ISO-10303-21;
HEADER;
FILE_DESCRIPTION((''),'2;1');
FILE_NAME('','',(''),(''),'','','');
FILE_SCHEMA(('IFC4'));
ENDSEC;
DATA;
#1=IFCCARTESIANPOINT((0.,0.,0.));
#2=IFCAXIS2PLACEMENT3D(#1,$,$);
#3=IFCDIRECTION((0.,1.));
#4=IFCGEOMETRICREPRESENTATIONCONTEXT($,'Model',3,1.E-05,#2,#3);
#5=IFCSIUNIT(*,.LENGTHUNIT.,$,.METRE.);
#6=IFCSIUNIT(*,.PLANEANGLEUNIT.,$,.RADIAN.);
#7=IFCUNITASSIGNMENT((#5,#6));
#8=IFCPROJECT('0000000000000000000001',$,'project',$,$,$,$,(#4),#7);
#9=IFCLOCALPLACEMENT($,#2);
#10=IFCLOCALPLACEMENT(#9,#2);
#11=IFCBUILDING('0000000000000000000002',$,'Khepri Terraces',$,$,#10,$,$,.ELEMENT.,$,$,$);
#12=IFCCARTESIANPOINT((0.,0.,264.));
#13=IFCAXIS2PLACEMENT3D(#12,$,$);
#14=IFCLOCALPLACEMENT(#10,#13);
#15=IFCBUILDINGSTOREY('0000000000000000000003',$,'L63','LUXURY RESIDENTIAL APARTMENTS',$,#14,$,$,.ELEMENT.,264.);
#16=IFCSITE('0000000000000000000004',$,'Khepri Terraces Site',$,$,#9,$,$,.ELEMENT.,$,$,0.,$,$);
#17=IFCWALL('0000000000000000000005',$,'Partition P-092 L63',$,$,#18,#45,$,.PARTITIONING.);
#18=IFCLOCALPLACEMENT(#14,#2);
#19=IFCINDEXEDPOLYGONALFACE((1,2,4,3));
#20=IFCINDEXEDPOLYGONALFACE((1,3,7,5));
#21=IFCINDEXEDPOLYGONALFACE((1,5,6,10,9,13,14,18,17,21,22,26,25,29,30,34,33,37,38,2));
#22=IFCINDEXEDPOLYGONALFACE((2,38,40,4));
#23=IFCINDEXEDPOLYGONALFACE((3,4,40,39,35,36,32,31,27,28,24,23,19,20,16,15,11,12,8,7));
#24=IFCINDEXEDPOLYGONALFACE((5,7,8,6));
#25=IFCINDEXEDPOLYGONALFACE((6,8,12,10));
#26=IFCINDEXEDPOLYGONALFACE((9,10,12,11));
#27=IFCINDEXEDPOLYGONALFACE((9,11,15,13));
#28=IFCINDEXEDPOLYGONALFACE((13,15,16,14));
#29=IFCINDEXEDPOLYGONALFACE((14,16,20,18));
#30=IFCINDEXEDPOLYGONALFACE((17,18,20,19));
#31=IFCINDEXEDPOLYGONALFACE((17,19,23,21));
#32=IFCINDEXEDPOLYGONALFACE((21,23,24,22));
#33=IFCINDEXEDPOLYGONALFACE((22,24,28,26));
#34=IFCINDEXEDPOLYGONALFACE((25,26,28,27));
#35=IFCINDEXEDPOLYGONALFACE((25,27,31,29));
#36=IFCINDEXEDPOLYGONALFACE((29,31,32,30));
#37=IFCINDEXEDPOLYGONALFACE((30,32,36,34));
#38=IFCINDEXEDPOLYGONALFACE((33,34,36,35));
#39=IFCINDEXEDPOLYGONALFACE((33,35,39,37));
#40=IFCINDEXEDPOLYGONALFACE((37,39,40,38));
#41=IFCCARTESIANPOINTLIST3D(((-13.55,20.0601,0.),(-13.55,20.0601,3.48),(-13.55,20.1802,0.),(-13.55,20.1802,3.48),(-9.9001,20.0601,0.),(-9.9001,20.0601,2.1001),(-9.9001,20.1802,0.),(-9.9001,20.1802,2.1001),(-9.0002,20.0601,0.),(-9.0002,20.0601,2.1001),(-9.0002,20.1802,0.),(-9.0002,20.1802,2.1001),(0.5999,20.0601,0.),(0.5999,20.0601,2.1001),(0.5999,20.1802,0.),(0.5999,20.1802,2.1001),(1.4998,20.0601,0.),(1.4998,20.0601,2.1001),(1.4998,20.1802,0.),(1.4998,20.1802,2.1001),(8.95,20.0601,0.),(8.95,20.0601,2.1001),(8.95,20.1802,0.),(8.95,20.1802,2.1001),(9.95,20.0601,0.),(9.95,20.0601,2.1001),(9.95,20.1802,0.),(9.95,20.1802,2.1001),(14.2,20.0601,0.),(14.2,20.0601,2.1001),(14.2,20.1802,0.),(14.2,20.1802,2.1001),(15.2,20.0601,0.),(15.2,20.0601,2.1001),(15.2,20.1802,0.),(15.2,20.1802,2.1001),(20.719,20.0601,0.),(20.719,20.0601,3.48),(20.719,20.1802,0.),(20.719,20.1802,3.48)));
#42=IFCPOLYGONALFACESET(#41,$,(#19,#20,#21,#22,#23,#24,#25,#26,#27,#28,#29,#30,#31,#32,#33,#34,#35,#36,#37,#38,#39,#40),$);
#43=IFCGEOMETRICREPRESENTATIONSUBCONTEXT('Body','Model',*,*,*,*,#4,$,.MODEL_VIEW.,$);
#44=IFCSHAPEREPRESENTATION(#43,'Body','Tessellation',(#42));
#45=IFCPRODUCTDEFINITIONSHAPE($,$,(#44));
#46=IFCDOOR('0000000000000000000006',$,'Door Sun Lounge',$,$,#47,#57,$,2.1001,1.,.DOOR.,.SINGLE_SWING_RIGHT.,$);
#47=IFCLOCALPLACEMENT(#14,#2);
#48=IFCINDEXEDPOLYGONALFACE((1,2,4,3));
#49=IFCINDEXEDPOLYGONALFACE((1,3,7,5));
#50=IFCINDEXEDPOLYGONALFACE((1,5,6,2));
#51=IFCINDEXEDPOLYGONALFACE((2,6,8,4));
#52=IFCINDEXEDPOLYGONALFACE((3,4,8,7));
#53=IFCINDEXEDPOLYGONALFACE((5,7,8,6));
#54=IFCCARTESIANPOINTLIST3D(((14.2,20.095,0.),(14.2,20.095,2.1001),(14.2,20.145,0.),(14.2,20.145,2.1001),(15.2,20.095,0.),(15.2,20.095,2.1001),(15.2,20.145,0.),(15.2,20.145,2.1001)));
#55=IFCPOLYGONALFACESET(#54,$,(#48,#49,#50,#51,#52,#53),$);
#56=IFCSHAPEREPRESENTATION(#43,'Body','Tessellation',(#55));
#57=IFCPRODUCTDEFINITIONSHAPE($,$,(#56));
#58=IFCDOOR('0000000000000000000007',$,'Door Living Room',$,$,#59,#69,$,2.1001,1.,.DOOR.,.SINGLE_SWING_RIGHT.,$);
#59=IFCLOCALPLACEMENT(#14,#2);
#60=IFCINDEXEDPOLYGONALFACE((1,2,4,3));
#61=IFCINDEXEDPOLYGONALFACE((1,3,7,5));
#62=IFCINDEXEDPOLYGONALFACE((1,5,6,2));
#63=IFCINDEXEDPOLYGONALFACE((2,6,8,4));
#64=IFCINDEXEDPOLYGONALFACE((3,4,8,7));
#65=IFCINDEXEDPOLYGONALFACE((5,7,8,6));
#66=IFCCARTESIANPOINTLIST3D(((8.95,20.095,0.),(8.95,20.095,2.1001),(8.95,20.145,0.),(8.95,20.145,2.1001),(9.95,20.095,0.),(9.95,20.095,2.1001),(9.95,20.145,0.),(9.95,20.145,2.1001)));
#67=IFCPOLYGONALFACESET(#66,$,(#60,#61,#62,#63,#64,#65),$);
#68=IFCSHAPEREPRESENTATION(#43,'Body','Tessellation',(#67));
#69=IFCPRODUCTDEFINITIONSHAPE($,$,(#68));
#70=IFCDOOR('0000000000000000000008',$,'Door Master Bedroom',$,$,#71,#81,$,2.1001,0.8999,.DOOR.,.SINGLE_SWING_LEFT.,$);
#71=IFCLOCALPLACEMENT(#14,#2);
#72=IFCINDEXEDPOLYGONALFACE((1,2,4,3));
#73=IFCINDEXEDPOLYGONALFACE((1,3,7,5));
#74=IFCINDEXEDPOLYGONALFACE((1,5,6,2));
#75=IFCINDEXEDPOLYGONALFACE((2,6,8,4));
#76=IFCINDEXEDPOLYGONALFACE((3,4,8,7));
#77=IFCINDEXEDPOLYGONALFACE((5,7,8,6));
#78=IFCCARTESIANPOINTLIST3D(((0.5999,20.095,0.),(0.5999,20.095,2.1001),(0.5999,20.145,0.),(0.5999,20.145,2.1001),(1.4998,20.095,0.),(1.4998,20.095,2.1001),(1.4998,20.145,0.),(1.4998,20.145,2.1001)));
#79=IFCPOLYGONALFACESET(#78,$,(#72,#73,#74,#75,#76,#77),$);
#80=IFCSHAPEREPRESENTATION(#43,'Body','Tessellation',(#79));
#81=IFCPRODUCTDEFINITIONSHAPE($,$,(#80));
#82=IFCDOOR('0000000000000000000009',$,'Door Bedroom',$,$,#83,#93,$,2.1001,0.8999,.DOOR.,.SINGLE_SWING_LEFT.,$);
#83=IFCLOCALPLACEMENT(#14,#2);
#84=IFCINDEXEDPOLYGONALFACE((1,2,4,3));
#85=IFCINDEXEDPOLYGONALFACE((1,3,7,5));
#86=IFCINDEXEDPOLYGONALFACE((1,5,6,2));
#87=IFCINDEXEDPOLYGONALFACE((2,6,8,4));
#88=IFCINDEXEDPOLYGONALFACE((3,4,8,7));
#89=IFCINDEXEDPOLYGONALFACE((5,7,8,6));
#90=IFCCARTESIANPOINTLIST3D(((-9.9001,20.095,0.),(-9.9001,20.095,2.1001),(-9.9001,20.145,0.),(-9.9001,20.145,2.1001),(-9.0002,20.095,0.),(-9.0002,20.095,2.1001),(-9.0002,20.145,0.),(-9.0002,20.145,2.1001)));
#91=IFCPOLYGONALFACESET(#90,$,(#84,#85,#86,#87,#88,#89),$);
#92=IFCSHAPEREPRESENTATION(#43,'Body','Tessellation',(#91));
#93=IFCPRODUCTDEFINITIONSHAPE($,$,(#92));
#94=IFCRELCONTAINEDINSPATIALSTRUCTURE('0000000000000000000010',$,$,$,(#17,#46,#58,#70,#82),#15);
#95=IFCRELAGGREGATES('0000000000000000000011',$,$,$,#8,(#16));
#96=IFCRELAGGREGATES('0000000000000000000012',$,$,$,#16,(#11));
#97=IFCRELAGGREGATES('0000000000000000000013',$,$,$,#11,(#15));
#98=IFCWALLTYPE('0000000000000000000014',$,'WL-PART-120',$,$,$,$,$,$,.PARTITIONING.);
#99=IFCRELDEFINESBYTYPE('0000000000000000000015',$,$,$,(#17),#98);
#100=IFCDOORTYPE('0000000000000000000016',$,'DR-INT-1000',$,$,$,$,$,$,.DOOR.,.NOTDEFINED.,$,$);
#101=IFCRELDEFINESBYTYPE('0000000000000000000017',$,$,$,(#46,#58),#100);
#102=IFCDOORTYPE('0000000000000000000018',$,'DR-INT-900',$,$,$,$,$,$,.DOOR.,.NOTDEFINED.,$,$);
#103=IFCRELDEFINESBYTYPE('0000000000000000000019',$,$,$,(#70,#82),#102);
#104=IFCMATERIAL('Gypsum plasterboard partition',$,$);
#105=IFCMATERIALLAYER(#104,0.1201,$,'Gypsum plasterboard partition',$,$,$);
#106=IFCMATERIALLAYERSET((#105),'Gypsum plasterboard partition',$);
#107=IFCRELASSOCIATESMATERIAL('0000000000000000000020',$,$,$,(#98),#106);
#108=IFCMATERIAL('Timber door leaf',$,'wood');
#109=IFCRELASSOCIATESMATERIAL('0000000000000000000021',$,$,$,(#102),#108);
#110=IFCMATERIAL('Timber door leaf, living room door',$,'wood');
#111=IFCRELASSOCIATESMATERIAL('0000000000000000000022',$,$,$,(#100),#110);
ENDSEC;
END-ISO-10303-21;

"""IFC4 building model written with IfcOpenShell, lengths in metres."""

from ifc_helpers import new_model, si_unit, direction, frame, frame_2d, origin, place, context, subcontext, project, spatial, rectangle, extrude, material, layer, layer_set, type_object, element, fill, save


model = new_model("IFC4")

# Units and contexts
model_context = context("Model", 3, precision=1e-05, world=origin(), true_north=direction((0.0, 1.0)))
body_context = subcontext(model_context, "Body", "Model", "MODEL_VIEW")
ifc_project = project(units=[si_unit("LENGTHUNIT", "METRE"), si_unit("PLANEANGLEUNIT", "RADIAN")], contexts=[model_context])

# Site, building, storey
site_placement = place(None, origin())
site = spatial("IfcSite", under=ifc_project, at=site_placement, Name="Khepri Terraces Site", CompositionType="ELEMENT", RefElevation=0.0)
building_placement = place(site_placement, origin())
building = spatial("IfcBuilding", under=site, at=building_placement, Name="Khepri Terraces", CompositionType="ELEMENT")
storey_placement = place(building_placement, frame((0.0, 0.0, 264.0)))
storey = spatial("IfcBuildingStorey", under=building, at=storey_placement, Name="L63", Description="LUXURY RESIDENTIAL APARTMENTS", CompositionType="ELEMENT", Elevation=264.0)

# Shared definitions
ifc_material_1 = material(Name="Gypsum plasterboard partition")
ifc_layer_1 = layer(ifc_material_1, 0.1201, Name="Gypsum plasterboard partition")
ifc_layer_set_1 = layer_set([ifc_layer_1], Name="Gypsum plasterboard partition")
wall_type_1 = type_object("IfcWallType", Name="WL-PART-120", PredefinedType="PARTITIONING", material=ifc_layer_set_1)

# Wall, openings, doors
ifc_material_2 = material(Name="Timber door leaf", Category="wood")
door_type_1 = type_object("IfcDoorType", Name="DR-INT-900", OperationType="NOTDEFINED", PredefinedType="DOOR", material=ifc_material_2)
wall_1_placement = place(storey_placement, frame((-13.55, 20.1201, 0.0), z_axis=(0.0, 0.0, 1.0), x_axis=(1.0, 0.0, 0.0)))
wall_1 = element("IfcWall", 1, at=wall_1_placement, inside=storey, type_object=wall_type_1, Name="Partition P-092 L63", PredefinedType="PARTITIONING", context=body_context, shape_type="SweptSolid", body=[
    extrude(rectangle(XDim=34.269, YDim=0.1201, at=frame_2d((17.1345, 0.0))), origin(), (0.0, 0.0, 1.0), 3.48),
])
opening_1_placement = place(wall_1_placement, frame((27.75, 0.0, 0.0)))
opening_1 = element("IfcOpeningElement", 2, at=opening_1_placement, cuts=wall_1, PredefinedType="OPENING", context=body_context, shape_type="SweptSolid", body=[
    extrude(rectangle(XDim=1.0, YDim=2.1001, at=frame_2d((0.5, 1.05))), frame((0.0, 0.0701, 0.0), z_axis=(0.0, -1.0, 0.0), x_axis=(1.0, 0.0, 0.0)), (0.0, 0.0, 1.0), 0.1401),
])
opening_2_placement = place(wall_1_placement, frame((22.5, 0.0, 0.0)))
opening_2 = element("IfcOpeningElement", 3, at=opening_2_placement, cuts=wall_1, PredefinedType="OPENING", context=body_context, shape_type="SweptSolid", body=[
    extrude(rectangle(XDim=1.0, YDim=2.1001, at=frame_2d((0.5, 1.05))), frame((0.0, 0.0701, 0.0), z_axis=(0.0, -1.0, 0.0), x_axis=(1.0, 0.0, 0.0)), (0.0, 0.0, 1.0), 0.1401),
])
opening_3_placement = place(wall_1_placement, frame((14.1499, 0.0, 0.0)))
opening_3 = element("IfcOpeningElement", 4, at=opening_3_placement, cuts=wall_1, PredefinedType="OPENING", context=body_context, shape_type="SweptSolid", body=[
    extrude(rectangle(XDim=0.8999, YDim=2.1001, at=frame_2d((0.45, 1.05))), frame((0.0, 0.0701, 0.0), z_axis=(0.0, -1.0, 0.0), x_axis=(1.0, 0.0, 0.0)), (0.0, 0.0, 1.0), 0.1401),
])
opening_4_placement = place(wall_1_placement, frame((3.6499, 0.0, 0.0)))
opening_4 = element("IfcOpeningElement", 5, at=opening_4_placement, cuts=wall_1, PredefinedType="OPENING", context=body_context, shape_type="SweptSolid", body=[
    extrude(rectangle(XDim=0.8999, YDim=2.1001, at=frame_2d((0.45, 1.05))), frame((0.0, 0.0701, 0.0), z_axis=(0.0, -1.0, 0.0), x_axis=(1.0, 0.0, 0.0)), (0.0, 0.0, 1.0), 0.1401),
])
ifc_material_3 = material(Name="Timber door leaf, living room door", Category="wood")
door_type_2 = type_object("IfcDoorType", Name="DR-INT-1000", OperationType="NOTDEFINED", PredefinedType="DOOR", material=ifc_material_3)
door_1_placement = place(opening_1_placement, origin())
door_1 = element("IfcDoor", 6, at=door_1_placement, inside=storey, type_object=door_type_2, Name="Door Sun Lounge", OperationType="SINGLE_SWING_RIGHT", OverallHeight=2.1001, OverallWidth=1.0, PredefinedType="DOOR", context=body_context, shape_type="SweptSolid", body=[
    extrude(rectangle(XDim=1.0, YDim=2.1001, at=frame_2d((0.5, 1.05))), frame((0.0, 0.0249, 0.0), z_axis=(0.0, -1.0, 0.0), x_axis=(1.0, 0.0, 0.0)), (0.0, 0.0, 1.0), 0.05),
])
fill(opening_1, door_1)
door_2_placement = place(opening_2_placement, origin())
door_2 = element("IfcDoor", 7, at=door_2_placement, inside=storey, type_object=door_type_2, Name="Door Living Room", OperationType="SINGLE_SWING_RIGHT", OverallHeight=2.1001, OverallWidth=1.0, PredefinedType="DOOR", context=body_context, shape_type="SweptSolid", body=[
    extrude(rectangle(XDim=1.0, YDim=2.1001, at=frame_2d((0.5, 1.05))), frame((0.0, 0.0249, 0.0), z_axis=(0.0, -1.0, 0.0), x_axis=(1.0, 0.0, 0.0)), (0.0, 0.0, 1.0), 0.05),
])
fill(opening_2, door_2)
door_3_placement = place(opening_3_placement, origin())
door_3 = element("IfcDoor", 8, at=door_3_placement, inside=storey, type_object=door_type_1, Name="Door Master Bedroom", OperationType="SINGLE_SWING_LEFT", OverallHeight=2.1001, OverallWidth=0.8999, PredefinedType="DOOR", context=body_context, shape_type="SweptSolid", body=[
    extrude(rectangle(XDim=0.8999, YDim=2.1001, at=frame_2d((0.45, 1.05))), frame((0.0, 0.0249, 0.0), z_axis=(0.0, -1.0, 0.0), x_axis=(1.0, 0.0, 0.0)), (0.0, 0.0, 1.0), 0.05),
])
fill(opening_3, door_3)
door_4_placement = place(opening_4_placement, origin())
door_4 = element("IfcDoor", 9, at=door_4_placement, inside=storey, type_object=door_type_1, Name="Door Bedroom", OperationType="SINGLE_SWING_LEFT", OverallHeight=2.1001, OverallWidth=0.8999, PredefinedType="DOOR", context=body_context, shape_type="SweptSolid", body=[
    extrude(rectangle(XDim=0.8999, YDim=2.1001, at=frame_2d((0.45, 1.05))), frame((0.0, 0.0249, 0.0), z_axis=(0.0, -1.0, 0.0), x_axis=(1.0, 0.0, 0.0)), (0.0, 0.0, 1.0), 0.05),
])
fill(opening_4, door_4)

save(model, "model.ifc")
